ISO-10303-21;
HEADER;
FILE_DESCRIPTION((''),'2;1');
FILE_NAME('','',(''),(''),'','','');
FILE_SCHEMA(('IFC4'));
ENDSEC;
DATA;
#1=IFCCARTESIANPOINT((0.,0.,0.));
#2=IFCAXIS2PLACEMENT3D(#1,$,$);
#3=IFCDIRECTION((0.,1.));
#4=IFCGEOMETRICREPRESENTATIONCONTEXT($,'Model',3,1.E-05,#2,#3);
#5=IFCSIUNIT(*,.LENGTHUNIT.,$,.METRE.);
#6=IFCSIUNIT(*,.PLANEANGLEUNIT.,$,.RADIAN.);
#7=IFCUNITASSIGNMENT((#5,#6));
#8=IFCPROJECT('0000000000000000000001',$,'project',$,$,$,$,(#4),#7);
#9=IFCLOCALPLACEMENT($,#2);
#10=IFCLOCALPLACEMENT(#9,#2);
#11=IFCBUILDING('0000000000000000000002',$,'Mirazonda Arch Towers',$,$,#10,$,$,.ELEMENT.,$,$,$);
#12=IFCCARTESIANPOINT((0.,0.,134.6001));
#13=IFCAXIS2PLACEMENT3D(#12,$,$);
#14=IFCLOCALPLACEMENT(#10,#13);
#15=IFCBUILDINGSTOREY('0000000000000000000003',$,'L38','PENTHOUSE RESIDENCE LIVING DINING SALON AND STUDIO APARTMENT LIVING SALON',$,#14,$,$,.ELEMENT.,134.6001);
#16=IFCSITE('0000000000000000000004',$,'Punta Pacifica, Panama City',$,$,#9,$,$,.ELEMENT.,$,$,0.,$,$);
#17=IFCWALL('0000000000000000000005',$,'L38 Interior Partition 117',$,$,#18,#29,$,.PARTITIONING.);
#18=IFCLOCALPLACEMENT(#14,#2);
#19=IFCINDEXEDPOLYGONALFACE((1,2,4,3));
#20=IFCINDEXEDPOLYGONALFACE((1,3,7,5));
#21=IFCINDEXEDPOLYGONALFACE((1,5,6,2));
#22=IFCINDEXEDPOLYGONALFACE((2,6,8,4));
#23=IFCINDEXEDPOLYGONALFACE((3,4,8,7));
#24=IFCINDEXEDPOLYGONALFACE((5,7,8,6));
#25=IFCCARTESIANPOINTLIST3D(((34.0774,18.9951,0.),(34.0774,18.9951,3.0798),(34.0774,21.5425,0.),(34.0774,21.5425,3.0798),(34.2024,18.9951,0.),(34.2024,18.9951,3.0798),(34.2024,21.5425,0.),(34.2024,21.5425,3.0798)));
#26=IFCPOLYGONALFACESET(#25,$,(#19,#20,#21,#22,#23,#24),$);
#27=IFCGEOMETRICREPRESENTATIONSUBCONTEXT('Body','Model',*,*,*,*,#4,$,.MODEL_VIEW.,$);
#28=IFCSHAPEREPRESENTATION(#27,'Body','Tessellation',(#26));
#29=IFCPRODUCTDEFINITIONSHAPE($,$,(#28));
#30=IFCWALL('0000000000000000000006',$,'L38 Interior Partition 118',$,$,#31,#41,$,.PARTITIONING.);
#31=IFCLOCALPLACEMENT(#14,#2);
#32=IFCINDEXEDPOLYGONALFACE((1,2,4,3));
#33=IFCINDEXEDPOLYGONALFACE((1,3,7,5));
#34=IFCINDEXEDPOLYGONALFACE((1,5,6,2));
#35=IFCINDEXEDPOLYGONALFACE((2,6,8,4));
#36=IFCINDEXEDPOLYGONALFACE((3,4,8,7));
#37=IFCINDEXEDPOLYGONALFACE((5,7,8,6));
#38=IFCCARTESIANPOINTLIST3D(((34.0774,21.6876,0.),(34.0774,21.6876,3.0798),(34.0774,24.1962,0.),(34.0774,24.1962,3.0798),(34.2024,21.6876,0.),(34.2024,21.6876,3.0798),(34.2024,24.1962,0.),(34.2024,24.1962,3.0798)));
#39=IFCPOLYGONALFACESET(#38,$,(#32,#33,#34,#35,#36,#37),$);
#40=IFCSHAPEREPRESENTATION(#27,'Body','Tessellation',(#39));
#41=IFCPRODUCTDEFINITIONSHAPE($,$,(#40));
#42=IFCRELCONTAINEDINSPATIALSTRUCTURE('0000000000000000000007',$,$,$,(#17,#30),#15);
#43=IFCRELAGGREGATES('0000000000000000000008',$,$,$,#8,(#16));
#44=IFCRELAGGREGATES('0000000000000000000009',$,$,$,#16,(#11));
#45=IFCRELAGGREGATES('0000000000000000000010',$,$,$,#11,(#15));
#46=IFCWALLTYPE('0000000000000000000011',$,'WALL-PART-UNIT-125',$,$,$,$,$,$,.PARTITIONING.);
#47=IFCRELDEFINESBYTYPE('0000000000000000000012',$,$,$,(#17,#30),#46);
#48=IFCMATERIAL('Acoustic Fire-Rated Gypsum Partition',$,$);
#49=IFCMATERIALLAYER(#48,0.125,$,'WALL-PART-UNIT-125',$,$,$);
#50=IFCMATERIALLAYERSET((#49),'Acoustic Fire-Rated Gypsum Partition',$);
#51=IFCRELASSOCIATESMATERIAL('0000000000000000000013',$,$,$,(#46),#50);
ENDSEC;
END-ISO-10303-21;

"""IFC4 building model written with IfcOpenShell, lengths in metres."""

from ifc_helpers import new_model, si_unit, direction, frame, frame_2d, origin, place, context, subcontext, project, spatial, rectangle, extrude, material, layer, layer_set, type_object, element, save


model = new_model("IFC4")

# Units and contexts
model_context = context("Model", 3, precision=1e-05, world=origin(), true_north=direction((0.0, 1.0)))
body_context = subcontext(model_context, "Body", "Model", "MODEL_VIEW")
ifc_project = project(units=[si_unit("LENGTHUNIT", "METRE"), si_unit("PLANEANGLEUNIT", "RADIAN")], contexts=[model_context])

# Site, building, storey
site_placement = place(None, origin())
site = spatial("IfcSite", under=ifc_project, at=site_placement, Name="Punta Pacifica, Panama City", CompositionType="ELEMENT", RefElevation=0.0)
building_placement = place(site_placement, origin())
building = spatial("IfcBuilding", under=site, at=building_placement, Name="Mirazonda Arch Towers", CompositionType="ELEMENT")
storey_placement = place(building_placement, frame((0.0, 0.0, 134.6001)))
storey = spatial("IfcBuildingStorey", under=building, at=storey_placement, Name="L38", Description="PENTHOUSE RESIDENCE LIVING DINING SALON AND STUDIO APARTMENT LIVING SALON", CompositionType="ELEMENT", Elevation=134.6001)

# Walls
ifc_material_1 = material(Name="Acoustic Fire-Rated Gypsum Partition")
ifc_layer_1 = layer(ifc_material_1, 0.125, Name="WALL-PART-UNIT-125")
ifc_layer_set_1 = layer_set([ifc_layer_1], Name="Acoustic Fire-Rated Gypsum Partition")
wall_type_1 = type_object("IfcWallType", Name="WALL-PART-UNIT-125", PredefinedType="PARTITIONING", material=ifc_layer_set_1)
wall_1_placement = place(storey_placement, frame((34.1399, 18.9951, 0.0), z_axis=(0.0, 0.0, 1.0), x_axis=(0.0, 1.0, 0.0)))
element("IfcWall", 1, at=wall_1_placement, inside=storey, type_object=wall_type_1, Name="L38 Interior Partition 117", PredefinedType="PARTITIONING", context=body_context, shape_type="SweptSolid", body=[
    extrude(rectangle(XDim=2.5474, YDim=0.125, at=frame_2d((1.2737, 0.0))), origin(), (0.0, 0.0, 1.0), 3.0798),
])
wall_2_placement = place(storey_placement, frame((34.1399, 21.6875, 0.0), z_axis=(0.0, 0.0, 1.0), x_axis=(0.0, 1.0, 0.0)))
element("IfcWall", 2, at=wall_2_placement, inside=storey, type_object=wall_type_1, Name="L38 Interior Partition 118", PredefinedType="PARTITIONING", context=body_context, shape_type="SweptSolid", body=[
    extrude(rectangle(XDim=2.5085, YDim=0.125, at=frame_2d((1.2544, 0.0))), origin(), (0.0, 0.0, 1.0), 3.0798),
])

save(model, "model.ifc")
